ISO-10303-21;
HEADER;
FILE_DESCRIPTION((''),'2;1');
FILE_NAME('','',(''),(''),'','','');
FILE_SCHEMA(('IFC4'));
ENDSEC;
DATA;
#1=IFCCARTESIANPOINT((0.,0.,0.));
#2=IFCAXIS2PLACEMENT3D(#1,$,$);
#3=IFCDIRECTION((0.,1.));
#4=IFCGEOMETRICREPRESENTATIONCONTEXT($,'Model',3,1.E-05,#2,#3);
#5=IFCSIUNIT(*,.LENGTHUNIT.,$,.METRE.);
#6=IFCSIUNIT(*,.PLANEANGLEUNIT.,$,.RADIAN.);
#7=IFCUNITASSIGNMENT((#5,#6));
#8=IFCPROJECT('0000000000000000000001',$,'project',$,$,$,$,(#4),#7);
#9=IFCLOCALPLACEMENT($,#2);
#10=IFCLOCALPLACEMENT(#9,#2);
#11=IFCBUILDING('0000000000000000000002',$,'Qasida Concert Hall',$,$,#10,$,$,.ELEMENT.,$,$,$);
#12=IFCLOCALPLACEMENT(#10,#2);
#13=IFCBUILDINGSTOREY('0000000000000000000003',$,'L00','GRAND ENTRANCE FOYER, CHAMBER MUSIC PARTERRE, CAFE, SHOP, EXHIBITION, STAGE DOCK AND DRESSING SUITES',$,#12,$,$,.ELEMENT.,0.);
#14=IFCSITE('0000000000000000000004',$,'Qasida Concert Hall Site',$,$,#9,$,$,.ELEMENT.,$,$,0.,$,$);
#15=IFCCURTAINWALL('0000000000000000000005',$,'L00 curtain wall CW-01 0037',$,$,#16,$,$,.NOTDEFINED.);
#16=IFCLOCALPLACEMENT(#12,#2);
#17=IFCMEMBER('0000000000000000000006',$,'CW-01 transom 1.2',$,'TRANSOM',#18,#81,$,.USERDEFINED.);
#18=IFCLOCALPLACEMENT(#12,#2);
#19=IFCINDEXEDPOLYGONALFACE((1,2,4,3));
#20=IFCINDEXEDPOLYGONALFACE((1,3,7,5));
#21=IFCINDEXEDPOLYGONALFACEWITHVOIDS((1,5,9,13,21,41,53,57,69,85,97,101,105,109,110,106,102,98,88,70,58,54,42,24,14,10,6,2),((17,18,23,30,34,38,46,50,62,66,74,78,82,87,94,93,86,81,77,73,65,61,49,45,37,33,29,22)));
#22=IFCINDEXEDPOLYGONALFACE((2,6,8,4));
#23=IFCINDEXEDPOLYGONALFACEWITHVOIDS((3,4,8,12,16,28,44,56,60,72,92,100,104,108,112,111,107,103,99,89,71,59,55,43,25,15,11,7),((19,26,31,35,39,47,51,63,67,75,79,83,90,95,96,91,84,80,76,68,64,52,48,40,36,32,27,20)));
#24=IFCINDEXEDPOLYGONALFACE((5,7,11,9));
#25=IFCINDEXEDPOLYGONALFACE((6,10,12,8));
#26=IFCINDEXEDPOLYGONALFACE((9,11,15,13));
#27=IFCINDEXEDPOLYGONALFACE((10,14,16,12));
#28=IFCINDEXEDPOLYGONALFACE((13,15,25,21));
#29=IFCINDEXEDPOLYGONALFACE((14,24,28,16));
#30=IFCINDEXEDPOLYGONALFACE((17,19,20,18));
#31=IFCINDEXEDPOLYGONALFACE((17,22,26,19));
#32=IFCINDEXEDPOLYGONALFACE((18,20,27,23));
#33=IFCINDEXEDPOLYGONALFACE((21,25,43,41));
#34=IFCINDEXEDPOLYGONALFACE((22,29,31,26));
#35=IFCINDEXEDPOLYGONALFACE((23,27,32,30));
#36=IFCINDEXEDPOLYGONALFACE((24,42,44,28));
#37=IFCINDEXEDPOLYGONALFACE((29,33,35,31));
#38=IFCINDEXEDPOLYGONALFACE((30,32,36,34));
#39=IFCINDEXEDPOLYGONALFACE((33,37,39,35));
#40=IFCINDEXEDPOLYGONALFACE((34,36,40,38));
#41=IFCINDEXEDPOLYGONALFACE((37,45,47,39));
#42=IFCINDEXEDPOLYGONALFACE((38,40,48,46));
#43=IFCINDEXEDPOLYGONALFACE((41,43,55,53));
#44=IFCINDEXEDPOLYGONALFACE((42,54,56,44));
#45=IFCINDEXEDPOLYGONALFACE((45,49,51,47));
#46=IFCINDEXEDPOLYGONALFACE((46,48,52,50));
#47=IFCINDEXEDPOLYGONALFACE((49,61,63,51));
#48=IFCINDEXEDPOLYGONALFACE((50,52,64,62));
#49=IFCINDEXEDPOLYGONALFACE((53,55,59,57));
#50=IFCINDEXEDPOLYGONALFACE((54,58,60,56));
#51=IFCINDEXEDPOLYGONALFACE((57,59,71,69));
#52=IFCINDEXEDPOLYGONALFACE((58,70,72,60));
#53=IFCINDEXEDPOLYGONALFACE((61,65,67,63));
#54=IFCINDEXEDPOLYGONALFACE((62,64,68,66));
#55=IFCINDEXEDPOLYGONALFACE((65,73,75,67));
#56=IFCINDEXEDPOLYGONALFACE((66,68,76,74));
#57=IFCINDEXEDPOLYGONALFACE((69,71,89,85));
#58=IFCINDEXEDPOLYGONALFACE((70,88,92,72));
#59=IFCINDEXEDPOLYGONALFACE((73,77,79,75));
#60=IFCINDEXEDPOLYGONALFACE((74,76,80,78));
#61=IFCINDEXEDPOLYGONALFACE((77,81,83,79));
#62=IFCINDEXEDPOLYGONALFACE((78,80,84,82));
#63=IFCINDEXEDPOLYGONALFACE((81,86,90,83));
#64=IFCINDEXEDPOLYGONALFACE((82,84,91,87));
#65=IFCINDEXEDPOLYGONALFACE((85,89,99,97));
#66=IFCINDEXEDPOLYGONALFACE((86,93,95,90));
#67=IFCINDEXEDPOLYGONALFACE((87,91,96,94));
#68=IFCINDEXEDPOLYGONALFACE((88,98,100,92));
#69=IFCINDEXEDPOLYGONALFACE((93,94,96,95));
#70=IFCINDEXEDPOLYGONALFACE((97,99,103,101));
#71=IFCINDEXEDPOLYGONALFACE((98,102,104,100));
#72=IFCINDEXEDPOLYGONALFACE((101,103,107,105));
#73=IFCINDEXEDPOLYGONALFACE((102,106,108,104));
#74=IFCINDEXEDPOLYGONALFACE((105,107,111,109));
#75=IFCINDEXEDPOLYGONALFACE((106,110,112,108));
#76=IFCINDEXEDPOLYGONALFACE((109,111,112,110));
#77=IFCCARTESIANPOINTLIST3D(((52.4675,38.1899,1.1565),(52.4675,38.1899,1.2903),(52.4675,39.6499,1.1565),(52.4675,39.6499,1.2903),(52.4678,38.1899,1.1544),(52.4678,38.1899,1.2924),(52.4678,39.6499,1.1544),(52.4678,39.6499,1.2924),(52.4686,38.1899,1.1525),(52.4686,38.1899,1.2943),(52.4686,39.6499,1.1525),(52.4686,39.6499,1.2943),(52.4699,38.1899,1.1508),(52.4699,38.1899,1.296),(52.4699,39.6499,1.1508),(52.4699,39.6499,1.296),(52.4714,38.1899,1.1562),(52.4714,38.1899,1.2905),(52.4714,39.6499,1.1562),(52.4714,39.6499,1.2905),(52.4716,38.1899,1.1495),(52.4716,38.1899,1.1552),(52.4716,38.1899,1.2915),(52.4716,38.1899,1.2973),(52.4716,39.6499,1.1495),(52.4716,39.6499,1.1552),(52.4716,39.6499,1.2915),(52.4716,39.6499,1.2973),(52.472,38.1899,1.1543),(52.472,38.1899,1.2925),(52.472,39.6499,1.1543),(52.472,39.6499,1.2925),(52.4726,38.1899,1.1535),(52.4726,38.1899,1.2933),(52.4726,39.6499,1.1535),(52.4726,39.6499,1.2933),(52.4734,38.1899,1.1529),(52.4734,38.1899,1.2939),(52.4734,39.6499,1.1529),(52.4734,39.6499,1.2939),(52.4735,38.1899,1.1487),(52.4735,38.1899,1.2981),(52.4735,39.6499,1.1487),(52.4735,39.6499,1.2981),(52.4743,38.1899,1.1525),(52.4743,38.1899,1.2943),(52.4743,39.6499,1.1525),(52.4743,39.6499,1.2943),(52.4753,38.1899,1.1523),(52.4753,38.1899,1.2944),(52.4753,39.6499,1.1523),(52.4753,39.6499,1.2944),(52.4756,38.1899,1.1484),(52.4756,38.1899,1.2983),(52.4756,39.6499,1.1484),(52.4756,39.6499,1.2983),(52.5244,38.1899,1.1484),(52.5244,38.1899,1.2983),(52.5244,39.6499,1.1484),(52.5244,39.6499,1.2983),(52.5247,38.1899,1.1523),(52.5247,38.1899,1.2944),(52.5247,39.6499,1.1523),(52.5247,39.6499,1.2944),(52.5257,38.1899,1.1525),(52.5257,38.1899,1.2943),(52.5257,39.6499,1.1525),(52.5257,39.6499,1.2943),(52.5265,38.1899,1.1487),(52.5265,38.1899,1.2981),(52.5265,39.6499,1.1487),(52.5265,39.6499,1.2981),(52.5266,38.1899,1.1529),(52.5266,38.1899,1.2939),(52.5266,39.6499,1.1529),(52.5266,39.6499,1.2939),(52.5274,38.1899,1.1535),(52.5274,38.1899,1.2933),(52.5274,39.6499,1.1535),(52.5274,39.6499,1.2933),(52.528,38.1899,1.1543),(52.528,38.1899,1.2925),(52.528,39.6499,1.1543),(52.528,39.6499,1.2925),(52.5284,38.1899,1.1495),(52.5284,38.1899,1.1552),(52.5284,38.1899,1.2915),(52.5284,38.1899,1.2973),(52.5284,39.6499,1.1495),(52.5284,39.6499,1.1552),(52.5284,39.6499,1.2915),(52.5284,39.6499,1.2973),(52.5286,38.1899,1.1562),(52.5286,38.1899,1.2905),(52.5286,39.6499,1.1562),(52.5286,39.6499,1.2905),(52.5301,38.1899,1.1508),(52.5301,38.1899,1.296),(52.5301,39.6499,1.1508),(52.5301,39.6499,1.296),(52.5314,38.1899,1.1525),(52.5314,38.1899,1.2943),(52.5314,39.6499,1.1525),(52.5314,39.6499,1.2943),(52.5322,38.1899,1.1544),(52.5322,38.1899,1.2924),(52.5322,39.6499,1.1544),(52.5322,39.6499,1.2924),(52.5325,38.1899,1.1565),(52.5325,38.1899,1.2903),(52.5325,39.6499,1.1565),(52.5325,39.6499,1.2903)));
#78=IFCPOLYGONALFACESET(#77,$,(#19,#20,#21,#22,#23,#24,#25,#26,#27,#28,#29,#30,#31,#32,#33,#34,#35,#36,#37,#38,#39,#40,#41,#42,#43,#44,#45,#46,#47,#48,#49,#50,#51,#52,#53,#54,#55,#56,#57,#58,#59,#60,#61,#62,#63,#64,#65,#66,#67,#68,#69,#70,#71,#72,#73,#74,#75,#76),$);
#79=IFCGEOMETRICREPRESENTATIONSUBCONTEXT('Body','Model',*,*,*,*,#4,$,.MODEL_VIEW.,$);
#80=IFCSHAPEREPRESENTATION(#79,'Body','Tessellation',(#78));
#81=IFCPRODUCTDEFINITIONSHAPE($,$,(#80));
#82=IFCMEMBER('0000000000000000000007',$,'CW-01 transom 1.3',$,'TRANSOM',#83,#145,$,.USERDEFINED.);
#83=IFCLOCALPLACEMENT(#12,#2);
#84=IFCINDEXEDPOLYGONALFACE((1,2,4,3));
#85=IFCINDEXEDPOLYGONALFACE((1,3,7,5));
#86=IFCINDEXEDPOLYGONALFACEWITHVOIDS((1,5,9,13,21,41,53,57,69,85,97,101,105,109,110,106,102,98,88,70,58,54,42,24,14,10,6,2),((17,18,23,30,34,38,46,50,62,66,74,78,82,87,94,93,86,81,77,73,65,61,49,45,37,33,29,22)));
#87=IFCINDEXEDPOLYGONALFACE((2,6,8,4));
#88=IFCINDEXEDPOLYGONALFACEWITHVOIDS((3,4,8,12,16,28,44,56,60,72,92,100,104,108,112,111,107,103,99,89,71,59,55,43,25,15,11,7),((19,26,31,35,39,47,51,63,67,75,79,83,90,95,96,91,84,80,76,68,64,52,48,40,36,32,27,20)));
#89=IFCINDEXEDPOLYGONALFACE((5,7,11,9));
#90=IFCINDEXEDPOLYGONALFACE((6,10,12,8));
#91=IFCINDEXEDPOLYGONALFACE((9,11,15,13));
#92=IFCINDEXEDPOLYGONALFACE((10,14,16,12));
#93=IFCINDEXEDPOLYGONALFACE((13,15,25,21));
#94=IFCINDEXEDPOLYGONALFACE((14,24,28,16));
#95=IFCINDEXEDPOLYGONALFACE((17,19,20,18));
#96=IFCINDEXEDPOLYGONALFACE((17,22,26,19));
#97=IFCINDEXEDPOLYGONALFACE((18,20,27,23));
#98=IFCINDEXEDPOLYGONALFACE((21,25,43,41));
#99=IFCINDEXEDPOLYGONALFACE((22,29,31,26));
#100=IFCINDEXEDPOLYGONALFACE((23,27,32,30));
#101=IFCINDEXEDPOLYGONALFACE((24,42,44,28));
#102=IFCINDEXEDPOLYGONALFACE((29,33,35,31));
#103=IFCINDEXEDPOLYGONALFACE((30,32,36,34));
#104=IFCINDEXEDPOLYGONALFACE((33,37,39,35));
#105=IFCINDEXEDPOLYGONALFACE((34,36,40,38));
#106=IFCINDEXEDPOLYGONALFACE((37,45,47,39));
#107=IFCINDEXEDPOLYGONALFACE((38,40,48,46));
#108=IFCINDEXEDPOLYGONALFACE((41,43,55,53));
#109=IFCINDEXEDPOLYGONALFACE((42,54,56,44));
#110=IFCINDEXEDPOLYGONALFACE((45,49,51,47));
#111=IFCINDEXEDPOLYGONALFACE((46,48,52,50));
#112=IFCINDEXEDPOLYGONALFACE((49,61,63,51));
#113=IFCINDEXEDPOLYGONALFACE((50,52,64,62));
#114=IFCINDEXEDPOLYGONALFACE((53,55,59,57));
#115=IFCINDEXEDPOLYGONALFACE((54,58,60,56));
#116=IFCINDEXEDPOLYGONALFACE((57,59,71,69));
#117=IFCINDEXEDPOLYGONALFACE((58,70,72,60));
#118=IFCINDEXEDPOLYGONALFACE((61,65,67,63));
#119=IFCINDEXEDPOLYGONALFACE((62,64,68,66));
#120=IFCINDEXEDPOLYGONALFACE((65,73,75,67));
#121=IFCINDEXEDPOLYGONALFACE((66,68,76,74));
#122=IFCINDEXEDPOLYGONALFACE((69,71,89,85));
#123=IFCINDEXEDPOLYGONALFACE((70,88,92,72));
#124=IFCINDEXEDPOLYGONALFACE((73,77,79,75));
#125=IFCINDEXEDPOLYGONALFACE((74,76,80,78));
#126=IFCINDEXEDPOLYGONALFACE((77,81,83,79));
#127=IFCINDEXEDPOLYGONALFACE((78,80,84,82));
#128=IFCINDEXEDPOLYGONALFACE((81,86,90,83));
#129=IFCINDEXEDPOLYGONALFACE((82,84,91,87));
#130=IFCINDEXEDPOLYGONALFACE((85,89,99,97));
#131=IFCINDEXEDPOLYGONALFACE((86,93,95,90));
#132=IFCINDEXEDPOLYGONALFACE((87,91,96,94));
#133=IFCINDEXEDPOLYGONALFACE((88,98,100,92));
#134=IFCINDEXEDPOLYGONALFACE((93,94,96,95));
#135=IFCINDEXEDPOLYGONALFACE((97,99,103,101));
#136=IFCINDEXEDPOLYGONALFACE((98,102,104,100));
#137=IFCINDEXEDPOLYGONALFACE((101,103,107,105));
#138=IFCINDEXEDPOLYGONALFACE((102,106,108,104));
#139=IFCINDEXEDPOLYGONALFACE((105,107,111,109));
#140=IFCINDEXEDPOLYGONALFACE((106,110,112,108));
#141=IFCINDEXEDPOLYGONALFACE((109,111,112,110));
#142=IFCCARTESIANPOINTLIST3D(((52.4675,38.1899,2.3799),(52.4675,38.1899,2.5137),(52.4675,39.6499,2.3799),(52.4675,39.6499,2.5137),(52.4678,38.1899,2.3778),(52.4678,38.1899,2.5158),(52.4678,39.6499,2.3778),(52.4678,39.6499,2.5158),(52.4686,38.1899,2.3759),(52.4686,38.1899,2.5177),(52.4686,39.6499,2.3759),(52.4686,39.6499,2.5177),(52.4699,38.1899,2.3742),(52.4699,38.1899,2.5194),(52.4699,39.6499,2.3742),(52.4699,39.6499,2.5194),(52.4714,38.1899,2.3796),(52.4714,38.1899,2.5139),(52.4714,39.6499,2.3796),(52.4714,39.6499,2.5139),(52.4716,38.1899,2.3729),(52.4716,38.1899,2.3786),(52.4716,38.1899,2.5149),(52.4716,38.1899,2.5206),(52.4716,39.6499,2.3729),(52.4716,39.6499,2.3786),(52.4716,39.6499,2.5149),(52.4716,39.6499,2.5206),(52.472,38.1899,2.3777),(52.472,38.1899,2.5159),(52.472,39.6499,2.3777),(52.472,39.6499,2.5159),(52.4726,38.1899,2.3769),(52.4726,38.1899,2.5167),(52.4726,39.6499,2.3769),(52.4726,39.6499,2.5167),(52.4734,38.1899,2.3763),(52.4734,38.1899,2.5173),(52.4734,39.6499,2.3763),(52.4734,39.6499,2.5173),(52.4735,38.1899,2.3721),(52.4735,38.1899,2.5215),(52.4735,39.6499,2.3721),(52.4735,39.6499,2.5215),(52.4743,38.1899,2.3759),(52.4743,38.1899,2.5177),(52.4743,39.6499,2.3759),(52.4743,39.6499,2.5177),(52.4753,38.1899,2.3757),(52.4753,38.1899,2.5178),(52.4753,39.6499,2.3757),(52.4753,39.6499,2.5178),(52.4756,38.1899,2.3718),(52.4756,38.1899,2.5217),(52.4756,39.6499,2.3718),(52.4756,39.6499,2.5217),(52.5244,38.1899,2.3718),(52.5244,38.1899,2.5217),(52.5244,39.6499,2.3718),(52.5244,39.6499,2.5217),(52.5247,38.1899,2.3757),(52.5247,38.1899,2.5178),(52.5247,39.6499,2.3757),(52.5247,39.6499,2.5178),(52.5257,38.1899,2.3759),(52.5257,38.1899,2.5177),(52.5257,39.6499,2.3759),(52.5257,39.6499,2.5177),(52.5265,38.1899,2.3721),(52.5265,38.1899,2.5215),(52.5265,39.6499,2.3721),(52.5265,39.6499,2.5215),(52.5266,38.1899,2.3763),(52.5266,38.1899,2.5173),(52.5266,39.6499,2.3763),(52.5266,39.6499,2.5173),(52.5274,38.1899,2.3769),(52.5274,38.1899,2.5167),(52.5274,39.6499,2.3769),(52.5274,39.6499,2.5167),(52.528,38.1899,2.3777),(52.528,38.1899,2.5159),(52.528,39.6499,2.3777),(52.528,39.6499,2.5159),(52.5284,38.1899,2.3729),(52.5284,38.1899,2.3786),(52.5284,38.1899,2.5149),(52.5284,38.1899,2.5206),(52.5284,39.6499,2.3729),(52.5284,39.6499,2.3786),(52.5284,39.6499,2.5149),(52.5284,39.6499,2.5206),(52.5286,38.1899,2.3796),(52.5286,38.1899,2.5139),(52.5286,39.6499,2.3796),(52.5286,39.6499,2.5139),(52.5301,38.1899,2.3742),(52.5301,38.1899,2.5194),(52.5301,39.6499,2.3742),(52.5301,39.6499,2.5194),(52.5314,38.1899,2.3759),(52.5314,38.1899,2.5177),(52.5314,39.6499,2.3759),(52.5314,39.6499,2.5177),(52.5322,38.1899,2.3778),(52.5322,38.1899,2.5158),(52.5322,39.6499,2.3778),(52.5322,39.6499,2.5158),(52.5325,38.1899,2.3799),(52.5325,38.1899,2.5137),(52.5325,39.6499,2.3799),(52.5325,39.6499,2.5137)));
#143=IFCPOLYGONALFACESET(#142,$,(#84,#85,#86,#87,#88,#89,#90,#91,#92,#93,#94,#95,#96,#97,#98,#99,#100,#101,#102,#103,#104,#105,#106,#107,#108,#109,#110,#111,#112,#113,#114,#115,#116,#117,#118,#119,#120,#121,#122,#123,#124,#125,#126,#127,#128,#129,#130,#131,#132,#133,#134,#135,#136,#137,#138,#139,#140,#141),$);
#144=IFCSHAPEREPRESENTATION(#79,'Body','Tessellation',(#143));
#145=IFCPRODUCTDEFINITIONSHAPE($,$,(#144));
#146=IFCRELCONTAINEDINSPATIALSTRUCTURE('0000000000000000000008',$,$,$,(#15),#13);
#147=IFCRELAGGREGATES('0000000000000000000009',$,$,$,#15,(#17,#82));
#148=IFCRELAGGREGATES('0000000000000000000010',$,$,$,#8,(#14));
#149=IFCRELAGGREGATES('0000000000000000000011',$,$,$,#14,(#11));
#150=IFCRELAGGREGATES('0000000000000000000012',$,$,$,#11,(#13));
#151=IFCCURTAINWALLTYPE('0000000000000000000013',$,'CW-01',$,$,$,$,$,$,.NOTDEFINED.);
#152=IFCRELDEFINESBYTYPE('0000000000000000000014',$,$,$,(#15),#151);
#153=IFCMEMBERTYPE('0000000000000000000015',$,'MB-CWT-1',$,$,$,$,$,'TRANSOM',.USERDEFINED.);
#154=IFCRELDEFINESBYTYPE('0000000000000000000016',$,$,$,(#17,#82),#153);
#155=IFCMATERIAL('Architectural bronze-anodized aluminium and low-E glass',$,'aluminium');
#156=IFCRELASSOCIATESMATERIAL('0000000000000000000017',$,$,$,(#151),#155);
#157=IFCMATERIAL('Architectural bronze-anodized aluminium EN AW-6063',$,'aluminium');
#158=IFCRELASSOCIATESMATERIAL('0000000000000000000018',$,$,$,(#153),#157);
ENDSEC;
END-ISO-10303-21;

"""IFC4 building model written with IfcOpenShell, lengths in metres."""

from ifc_helpers import new_model, si_unit, direction, frame, origin, origin_2d, place, context, subcontext, project, spatial, hollow_rectangle, extrude, material, material_profile, profile_set, type_object, element, aggregate, save


model = new_model("IFC4")

# Units and contexts
model_context = context("Model", 3, precision=1e-05, world=origin(), true_north=direction((0.0, 1.0)))
body_context = subcontext(model_context, "Body", "Model", "MODEL_VIEW")
ifc_project = project(units=[si_unit("LENGTHUNIT", "METRE"), si_unit("PLANEANGLEUNIT", "RADIAN")], contexts=[model_context])

# Site, building, storey
site_placement = place(None, origin())
site = spatial("IfcSite", under=ifc_project, at=site_placement, Name="Qasida Concert Hall Site", CompositionType="ELEMENT", RefElevation=0.0)
building_placement = place(site_placement, origin())
building = spatial("IfcBuilding", under=site, at=building_placement, Name="Qasida Concert Hall", CompositionType="ELEMENT")
storey_placement = place(building_placement, origin())
storey = spatial("IfcBuildingStorey", under=building, at=storey_placement, Name="L00", Description="GRAND ENTRANCE FOYER, CHAMBER MUSIC PARTERRE, CAFE, SHOP, EXHIBITION, STAGE DOCK AND DRESSING SUITES", CompositionType="ELEMENT", Elevation=0.0)

# Curtain wall
ifc_material_1 = material(Name="Architectural bronze-anodized aluminium and low-E glass", Category="aluminium")
curtain_wall_type_1 = type_object("IfcCurtainWallType", Name="CW-01", PredefinedType="NOTDEFINED", material=ifc_material_1)
curtain_wall_1_placement = place(storey_placement, origin())
curtain_wall_1 = element("IfcCurtainWall", 1, at=curtain_wall_1_placement, inside=storey, type_object=curtain_wall_type_1, Name="L00 curtain wall CW-01 0037", PredefinedType="NOTDEFINED")
ifc_material_2 = material(Name="Architectural bronze-anodized aluminium EN AW-6063", Category="aluminium")

# Members
ifc_material_profile_1 = material_profile(ifc_material_2, hollow_rectangle(XDim=0.0649, YDim=0.1499, WallThickness=0.0039, InnerFilletRadius=0.0039, OuterFilletRadius=0.0081, at=origin_2d()), Name="CWT 150x65x4")
ifc_profile_set_1 = profile_set([ifc_material_profile_1], Name="Architectural bronze-anodized aluminium EN AW-6063")
member_type_1 = type_object("IfcMemberType", Name="MB-CWT-1", ElementType="TRANSOM", PredefinedType="USERDEFINED", material=ifc_profile_set_1)
member_1_placement = place(storey_placement, frame((52.5, 38.1899, 1.2234), z_axis=(0.0, 1.0, 0.0), x_axis=(-1.0, 0.0, 0.0)))
member_1 = element("IfcMember", 2, at=member_1_placement, type_object=member_type_1, Name="CW-01 transom 1.2", ObjectType="TRANSOM", PredefinedType="USERDEFINED", context=body_context, shape_type="SweptSolid", body=[
    extrude(hollow_rectangle(XDim=0.0649, YDim=0.1499, WallThickness=0.0039, InnerFilletRadius=0.0039, OuterFilletRadius=0.0081, at=origin_2d()), origin(), (0.0, 0.0, 1.0), 1.46),
])
member_2_placement = place(storey_placement, frame((52.5, 38.1899, 2.4468), z_axis=(0.0, 1.0, 0.0), x_axis=(-1.0, 0.0, 0.0)))
member_2 = element("IfcMember", 3, at=member_2_placement, type_object=member_type_1, Name="CW-01 transom 1.3", ObjectType="TRANSOM", PredefinedType="USERDEFINED", context=body_context, shape_type="SweptSolid", body=[
    extrude(hollow_rectangle(XDim=0.0649, YDim=0.1499, WallThickness=0.0039, InnerFilletRadius=0.0039, OuterFilletRadius=0.0081, at=origin_2d()), origin(), (0.0, 0.0, 1.0), 1.46),
])
aggregate(curtain_wall_1, [member_1, member_2])

save(model, "model.ifc")
